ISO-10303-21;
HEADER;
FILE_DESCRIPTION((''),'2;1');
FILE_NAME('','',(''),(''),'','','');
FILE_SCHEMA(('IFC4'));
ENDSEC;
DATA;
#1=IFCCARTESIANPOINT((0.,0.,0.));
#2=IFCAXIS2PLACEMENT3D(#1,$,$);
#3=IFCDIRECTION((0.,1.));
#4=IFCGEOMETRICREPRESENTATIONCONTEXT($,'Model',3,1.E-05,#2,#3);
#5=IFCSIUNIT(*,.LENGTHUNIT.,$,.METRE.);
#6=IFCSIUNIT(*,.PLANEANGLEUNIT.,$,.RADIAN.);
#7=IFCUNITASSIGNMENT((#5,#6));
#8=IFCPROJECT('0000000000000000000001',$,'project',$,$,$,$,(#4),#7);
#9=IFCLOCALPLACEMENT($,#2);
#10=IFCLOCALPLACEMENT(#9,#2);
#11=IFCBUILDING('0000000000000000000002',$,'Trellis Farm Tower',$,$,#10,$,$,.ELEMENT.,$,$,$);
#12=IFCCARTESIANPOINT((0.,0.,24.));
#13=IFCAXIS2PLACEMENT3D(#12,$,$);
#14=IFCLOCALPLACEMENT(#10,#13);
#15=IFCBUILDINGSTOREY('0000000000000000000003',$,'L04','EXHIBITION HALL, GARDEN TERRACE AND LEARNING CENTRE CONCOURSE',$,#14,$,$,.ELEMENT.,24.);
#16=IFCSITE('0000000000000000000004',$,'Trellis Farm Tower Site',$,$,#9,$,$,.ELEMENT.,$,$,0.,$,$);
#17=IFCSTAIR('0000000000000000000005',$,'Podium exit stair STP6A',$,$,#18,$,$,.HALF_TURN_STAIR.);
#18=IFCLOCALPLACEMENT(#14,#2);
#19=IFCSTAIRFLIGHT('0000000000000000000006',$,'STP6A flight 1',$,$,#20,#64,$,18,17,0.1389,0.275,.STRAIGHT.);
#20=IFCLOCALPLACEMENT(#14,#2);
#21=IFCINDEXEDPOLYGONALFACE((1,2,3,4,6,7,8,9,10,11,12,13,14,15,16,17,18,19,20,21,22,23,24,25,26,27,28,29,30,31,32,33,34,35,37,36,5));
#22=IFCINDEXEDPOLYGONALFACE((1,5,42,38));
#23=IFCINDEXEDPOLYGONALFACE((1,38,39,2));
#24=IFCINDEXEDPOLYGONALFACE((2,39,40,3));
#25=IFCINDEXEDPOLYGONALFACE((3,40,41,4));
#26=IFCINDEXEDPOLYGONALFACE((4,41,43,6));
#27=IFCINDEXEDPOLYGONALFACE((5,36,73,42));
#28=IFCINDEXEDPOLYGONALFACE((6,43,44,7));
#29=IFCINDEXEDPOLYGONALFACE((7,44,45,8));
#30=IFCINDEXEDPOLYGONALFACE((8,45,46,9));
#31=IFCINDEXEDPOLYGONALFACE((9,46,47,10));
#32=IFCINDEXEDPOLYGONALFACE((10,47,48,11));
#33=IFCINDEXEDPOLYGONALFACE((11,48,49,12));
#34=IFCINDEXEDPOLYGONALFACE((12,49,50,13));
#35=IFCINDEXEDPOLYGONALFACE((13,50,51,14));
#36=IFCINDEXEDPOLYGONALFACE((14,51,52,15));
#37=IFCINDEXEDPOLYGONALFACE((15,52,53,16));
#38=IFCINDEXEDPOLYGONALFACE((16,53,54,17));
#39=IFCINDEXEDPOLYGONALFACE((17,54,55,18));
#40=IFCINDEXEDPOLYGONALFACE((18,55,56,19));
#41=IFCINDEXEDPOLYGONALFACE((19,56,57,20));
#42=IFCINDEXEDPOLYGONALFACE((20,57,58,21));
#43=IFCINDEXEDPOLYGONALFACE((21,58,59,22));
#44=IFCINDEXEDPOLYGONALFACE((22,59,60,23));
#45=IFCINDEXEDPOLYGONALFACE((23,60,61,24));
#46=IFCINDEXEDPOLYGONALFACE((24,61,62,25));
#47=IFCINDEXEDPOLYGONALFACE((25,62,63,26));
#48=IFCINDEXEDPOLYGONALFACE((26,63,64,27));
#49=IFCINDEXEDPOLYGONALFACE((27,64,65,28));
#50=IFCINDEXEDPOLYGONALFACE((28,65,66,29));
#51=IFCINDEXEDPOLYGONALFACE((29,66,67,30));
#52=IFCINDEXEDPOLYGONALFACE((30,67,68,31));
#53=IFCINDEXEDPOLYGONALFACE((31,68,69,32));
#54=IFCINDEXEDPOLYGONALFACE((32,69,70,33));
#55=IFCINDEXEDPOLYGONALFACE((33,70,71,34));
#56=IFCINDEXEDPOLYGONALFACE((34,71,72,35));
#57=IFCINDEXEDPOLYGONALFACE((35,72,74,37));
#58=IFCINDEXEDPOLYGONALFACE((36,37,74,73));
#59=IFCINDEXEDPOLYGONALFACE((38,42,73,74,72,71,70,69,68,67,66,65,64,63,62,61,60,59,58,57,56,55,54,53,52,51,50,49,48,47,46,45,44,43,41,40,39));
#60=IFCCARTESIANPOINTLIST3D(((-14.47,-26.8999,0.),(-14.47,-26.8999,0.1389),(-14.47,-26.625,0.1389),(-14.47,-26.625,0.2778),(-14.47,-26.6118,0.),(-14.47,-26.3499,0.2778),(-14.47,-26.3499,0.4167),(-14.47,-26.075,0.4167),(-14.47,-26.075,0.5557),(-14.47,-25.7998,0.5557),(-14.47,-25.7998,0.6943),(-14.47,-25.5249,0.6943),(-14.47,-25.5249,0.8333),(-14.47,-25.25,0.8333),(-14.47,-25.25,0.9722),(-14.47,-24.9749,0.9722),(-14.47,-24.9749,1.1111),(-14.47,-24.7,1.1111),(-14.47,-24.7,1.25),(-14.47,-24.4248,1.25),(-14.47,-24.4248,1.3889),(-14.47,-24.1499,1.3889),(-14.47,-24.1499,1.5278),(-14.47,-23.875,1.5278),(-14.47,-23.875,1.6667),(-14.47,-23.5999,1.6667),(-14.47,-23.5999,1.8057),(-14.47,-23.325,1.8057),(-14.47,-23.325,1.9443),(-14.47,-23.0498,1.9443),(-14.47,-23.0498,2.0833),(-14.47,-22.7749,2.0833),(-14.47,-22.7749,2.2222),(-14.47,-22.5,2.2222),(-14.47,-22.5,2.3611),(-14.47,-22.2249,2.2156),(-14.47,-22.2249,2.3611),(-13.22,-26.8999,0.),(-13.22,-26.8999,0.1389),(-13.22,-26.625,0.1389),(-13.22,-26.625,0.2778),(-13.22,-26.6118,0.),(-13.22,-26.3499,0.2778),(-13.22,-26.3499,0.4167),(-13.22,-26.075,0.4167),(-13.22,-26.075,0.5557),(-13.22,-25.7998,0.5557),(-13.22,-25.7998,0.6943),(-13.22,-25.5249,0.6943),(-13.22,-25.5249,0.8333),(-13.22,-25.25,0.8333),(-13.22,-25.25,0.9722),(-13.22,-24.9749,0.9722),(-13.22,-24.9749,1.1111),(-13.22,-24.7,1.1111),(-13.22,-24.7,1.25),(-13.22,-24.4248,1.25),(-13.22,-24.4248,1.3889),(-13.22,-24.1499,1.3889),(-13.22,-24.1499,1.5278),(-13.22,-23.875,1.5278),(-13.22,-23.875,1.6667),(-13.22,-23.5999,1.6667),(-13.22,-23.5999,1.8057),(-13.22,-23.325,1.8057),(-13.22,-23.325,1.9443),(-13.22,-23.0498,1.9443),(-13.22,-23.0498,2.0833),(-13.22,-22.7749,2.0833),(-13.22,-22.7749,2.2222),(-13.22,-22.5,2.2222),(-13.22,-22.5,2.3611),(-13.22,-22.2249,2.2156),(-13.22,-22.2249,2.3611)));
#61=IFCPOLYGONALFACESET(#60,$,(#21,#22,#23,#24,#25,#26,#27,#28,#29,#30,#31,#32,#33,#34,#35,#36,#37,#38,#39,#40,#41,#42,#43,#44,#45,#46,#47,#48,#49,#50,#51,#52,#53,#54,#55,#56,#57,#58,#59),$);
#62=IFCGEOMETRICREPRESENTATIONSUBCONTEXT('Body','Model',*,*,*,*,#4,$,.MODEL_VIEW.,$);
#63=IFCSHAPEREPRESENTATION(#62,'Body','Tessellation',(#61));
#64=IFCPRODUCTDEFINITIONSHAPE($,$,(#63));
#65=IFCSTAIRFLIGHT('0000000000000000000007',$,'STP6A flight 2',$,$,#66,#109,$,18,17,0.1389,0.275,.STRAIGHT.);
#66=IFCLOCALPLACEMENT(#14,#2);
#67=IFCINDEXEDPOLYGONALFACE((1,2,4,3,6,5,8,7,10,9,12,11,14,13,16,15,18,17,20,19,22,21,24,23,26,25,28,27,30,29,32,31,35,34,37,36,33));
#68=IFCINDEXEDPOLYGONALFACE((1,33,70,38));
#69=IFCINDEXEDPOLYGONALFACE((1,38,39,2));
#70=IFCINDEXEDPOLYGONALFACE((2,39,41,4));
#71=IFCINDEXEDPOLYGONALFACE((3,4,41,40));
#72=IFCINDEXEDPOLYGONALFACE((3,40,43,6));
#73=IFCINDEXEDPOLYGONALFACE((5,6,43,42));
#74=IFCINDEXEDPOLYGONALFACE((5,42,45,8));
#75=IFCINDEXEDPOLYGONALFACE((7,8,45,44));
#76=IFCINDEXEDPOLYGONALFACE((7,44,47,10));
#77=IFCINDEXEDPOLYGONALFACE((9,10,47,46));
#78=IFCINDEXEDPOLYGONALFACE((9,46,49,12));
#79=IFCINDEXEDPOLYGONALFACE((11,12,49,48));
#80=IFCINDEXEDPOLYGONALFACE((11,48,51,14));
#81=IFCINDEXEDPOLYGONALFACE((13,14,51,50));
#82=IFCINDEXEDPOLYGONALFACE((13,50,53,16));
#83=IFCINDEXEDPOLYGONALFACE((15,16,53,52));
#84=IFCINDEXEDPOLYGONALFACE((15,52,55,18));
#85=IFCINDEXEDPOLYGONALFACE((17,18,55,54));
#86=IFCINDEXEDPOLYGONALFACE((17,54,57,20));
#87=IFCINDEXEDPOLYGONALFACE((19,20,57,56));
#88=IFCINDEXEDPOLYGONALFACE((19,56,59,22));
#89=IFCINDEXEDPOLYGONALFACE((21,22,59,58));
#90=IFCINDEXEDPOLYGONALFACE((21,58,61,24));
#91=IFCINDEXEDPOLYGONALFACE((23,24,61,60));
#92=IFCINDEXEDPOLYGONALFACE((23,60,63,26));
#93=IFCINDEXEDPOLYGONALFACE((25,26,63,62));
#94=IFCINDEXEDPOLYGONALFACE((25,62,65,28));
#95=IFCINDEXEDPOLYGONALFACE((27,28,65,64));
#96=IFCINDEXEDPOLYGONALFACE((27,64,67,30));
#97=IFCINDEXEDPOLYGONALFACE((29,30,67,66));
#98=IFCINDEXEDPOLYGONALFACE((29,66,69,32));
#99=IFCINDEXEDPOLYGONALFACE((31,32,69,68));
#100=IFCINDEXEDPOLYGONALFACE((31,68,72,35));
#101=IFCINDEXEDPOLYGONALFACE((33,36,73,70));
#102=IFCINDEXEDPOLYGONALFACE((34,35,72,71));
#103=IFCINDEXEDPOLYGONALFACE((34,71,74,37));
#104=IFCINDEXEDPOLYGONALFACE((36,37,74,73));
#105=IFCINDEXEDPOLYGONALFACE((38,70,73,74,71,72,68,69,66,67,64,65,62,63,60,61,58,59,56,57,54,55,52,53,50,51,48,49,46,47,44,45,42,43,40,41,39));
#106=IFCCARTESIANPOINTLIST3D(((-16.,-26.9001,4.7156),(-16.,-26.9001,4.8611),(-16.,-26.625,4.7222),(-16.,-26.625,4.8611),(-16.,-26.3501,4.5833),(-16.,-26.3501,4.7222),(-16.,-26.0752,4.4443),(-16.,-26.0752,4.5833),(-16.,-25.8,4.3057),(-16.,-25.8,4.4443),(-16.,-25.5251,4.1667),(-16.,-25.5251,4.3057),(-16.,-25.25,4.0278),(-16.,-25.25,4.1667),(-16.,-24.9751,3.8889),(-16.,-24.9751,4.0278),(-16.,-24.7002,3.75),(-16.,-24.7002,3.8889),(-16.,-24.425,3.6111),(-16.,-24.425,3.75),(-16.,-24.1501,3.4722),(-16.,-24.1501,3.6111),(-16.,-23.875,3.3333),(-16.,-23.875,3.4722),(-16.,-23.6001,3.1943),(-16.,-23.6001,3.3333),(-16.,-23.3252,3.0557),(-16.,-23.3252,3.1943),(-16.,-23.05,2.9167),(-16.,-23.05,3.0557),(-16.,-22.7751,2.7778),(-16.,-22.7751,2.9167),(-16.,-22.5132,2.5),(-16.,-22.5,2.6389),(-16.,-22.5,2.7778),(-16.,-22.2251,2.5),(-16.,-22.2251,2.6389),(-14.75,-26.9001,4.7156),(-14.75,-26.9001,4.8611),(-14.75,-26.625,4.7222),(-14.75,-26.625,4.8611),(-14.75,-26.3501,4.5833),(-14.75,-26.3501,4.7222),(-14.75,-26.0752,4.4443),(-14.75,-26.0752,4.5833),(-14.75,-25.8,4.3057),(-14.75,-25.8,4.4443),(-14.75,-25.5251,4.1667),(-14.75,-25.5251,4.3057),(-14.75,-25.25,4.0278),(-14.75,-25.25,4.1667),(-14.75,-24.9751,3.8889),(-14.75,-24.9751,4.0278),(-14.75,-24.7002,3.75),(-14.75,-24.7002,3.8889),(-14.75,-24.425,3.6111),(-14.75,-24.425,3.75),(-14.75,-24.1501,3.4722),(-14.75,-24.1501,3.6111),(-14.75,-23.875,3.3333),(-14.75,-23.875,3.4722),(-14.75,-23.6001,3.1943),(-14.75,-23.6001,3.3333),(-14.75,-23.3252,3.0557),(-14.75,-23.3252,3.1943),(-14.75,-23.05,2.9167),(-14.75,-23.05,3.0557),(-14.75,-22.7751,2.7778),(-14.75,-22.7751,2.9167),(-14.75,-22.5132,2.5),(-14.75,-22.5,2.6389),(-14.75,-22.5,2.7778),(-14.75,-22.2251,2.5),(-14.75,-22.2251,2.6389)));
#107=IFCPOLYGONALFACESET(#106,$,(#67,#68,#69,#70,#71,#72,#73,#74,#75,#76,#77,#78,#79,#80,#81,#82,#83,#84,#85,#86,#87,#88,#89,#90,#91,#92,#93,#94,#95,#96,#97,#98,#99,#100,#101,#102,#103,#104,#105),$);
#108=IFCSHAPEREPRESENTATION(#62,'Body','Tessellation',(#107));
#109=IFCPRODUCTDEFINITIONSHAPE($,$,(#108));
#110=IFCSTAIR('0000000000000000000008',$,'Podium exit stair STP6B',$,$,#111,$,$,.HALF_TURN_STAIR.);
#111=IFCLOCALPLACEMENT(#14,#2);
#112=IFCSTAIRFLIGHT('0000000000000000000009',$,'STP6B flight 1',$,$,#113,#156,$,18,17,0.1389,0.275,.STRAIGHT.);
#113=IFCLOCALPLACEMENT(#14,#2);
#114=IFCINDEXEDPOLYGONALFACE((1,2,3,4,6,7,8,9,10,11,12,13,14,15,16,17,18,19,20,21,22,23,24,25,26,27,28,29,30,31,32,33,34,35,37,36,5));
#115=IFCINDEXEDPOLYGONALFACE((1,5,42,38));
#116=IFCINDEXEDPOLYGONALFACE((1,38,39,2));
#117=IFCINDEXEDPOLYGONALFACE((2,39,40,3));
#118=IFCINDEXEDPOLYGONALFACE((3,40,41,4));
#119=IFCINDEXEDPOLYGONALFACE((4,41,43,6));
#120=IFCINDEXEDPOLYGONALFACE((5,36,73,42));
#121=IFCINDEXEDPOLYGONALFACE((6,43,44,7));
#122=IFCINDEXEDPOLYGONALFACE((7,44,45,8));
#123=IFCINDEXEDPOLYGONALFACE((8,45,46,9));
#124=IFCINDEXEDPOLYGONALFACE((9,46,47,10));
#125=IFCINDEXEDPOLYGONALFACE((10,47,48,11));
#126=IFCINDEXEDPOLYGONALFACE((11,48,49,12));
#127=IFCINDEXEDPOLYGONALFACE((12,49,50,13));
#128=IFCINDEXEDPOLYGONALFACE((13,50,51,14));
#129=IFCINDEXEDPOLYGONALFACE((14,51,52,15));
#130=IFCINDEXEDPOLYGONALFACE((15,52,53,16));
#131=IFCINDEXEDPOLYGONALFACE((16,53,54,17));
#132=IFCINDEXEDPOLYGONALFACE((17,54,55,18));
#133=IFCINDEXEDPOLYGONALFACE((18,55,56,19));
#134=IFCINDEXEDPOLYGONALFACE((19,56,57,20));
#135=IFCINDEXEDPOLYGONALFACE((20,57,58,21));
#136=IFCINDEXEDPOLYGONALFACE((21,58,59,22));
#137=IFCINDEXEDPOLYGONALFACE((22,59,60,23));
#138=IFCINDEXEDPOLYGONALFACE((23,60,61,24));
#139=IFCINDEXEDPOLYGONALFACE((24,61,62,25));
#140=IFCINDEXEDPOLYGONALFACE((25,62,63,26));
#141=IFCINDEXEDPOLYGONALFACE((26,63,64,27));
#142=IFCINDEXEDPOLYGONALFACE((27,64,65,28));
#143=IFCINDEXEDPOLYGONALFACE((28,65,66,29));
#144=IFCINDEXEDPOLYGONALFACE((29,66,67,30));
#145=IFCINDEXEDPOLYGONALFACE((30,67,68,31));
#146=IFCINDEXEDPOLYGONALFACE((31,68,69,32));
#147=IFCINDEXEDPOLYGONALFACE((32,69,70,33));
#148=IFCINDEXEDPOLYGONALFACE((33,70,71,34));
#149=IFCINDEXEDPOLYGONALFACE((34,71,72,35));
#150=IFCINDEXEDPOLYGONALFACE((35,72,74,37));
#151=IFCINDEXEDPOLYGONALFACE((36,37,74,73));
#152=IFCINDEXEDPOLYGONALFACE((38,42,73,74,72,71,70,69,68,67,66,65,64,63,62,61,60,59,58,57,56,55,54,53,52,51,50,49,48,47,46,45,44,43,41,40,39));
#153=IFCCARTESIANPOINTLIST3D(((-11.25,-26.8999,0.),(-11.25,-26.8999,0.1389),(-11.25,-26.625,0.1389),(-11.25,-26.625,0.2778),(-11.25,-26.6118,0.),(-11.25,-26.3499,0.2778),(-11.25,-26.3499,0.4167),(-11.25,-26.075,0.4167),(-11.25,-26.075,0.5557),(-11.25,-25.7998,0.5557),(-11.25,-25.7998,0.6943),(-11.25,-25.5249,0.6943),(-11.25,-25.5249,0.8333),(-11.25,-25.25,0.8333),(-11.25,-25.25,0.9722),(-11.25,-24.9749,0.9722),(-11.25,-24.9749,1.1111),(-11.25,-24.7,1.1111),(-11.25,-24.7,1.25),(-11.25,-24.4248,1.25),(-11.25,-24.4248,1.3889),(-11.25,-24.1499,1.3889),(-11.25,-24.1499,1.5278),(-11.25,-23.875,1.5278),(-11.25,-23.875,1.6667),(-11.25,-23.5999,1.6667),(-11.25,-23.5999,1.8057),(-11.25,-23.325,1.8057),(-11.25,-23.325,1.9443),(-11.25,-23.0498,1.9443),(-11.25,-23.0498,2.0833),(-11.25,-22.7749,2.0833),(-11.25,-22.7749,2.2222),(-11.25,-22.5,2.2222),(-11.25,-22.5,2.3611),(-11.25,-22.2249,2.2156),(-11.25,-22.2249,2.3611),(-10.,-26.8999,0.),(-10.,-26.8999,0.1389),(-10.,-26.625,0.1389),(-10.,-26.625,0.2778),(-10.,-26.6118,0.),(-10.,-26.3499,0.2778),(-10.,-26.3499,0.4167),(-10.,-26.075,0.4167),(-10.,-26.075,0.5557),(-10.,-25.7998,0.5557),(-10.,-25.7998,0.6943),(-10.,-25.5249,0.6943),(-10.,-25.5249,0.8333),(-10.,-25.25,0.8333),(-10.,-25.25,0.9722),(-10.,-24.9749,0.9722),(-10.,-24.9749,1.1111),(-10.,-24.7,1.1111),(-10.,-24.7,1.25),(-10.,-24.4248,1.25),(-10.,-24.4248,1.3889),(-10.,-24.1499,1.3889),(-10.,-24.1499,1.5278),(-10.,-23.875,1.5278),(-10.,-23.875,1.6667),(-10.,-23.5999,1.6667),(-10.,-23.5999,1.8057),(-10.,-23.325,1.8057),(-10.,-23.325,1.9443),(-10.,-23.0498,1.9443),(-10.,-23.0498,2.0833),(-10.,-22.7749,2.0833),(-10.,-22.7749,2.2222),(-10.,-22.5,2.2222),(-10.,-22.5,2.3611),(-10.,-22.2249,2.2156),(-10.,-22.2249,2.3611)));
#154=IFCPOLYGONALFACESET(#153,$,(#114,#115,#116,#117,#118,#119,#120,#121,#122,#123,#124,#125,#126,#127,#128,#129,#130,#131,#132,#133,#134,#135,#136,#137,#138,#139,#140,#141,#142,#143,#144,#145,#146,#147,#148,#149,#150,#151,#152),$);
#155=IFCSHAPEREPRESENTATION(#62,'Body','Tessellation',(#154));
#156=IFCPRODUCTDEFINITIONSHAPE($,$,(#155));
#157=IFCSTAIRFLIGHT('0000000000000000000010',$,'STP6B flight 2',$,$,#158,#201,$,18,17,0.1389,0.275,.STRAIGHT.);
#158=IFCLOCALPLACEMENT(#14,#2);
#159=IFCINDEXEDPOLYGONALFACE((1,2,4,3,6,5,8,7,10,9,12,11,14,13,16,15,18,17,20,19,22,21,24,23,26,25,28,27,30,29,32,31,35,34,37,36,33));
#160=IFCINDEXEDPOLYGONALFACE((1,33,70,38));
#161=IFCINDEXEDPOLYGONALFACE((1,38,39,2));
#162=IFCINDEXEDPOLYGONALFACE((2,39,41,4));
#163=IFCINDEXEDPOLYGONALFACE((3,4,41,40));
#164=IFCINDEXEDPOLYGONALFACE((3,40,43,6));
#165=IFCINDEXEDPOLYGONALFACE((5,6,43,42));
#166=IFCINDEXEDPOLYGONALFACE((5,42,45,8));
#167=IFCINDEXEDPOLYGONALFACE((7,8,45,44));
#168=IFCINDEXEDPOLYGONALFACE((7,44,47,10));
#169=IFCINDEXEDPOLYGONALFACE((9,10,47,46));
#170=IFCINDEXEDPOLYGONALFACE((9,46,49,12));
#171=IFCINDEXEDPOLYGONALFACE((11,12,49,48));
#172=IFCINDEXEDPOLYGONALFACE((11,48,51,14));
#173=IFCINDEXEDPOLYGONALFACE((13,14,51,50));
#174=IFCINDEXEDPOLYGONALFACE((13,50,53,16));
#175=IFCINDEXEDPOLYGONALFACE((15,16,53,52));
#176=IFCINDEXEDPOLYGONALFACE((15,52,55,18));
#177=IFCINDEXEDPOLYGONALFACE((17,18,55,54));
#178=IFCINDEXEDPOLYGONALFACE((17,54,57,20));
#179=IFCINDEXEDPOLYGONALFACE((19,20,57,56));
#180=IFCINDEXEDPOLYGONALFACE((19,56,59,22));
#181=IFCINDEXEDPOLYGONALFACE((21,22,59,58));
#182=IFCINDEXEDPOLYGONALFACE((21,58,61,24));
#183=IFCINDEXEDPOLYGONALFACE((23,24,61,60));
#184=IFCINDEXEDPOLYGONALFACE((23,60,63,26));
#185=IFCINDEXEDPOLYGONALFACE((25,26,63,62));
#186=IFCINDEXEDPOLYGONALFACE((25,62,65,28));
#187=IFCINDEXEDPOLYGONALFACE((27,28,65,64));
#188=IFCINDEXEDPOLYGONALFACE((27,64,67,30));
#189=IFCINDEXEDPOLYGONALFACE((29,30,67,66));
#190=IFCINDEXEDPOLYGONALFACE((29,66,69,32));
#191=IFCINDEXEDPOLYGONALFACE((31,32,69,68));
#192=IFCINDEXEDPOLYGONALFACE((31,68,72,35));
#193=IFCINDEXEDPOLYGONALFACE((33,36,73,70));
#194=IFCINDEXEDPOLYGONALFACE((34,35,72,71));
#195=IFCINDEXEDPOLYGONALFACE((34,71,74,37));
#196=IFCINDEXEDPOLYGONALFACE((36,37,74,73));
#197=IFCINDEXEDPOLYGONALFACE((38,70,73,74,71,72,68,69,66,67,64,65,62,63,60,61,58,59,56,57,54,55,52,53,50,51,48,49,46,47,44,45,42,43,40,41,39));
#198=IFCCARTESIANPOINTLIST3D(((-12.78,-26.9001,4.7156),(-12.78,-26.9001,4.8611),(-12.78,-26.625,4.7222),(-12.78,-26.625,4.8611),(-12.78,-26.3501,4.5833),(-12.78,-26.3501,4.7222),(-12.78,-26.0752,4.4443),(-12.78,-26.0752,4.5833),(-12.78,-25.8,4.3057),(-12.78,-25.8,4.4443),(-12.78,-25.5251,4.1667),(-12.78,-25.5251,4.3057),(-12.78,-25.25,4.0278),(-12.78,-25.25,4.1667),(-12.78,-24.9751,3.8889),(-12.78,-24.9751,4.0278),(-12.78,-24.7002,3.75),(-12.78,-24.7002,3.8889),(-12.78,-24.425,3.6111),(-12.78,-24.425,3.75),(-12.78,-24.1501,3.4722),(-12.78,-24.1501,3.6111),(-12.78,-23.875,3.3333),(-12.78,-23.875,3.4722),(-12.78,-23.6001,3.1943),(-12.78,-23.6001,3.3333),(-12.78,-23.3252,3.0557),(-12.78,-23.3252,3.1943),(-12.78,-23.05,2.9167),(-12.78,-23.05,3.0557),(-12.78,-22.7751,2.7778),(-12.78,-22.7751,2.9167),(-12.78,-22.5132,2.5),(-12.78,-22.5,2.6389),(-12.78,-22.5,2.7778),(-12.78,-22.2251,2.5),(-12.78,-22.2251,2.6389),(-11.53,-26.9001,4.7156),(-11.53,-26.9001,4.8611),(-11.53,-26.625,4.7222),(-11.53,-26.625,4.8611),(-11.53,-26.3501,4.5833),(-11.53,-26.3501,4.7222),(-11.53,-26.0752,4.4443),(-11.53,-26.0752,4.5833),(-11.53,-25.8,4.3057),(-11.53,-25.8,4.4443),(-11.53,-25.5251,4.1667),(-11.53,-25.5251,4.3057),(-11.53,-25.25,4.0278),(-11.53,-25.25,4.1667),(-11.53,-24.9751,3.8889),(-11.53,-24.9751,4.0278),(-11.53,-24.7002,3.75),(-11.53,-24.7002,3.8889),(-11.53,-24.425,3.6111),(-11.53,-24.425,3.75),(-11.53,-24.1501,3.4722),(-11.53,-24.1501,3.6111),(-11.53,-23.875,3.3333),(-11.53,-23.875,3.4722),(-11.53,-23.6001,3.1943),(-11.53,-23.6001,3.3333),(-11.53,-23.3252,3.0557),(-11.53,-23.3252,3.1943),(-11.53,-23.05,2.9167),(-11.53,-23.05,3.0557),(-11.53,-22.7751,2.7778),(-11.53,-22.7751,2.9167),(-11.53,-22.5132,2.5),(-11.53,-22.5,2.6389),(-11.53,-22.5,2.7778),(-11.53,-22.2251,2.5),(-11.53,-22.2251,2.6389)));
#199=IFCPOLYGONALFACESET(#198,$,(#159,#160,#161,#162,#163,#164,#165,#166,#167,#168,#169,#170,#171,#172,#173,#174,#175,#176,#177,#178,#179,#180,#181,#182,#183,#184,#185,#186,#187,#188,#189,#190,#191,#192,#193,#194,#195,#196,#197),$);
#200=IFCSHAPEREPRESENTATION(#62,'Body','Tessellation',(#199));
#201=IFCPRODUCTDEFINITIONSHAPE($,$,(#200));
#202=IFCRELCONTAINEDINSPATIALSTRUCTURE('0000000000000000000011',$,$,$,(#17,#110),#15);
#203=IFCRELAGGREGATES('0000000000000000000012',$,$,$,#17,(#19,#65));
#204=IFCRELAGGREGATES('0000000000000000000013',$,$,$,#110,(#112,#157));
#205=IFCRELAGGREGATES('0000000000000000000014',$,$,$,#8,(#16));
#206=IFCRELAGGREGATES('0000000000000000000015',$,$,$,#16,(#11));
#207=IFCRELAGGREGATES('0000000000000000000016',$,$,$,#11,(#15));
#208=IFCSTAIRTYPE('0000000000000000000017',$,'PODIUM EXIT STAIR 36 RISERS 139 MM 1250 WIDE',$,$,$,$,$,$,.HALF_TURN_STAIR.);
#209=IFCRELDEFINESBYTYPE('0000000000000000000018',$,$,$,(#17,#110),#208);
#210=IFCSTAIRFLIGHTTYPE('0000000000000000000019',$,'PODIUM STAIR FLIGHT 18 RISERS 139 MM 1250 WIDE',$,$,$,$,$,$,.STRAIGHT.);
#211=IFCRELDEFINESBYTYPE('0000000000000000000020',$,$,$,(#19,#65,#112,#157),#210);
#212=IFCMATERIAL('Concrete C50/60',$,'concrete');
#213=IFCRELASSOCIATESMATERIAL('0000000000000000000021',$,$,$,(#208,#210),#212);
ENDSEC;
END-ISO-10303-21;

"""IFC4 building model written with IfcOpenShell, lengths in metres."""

from ifc_helpers import new_model, si_unit, direction, frame, origin, place, context, subcontext, project, spatial, polyline, outline, extrude, source, transform, mapped, material, type_object, element, aggregate, save


model = new_model("IFC4")

# Units and contexts
model_context = context("Model", 3, precision=1e-05, world=origin(), true_north=direction((0.0, 1.0)))
body_context = subcontext(model_context, "Body", "Model", "MODEL_VIEW")
ifc_project = project(units=[si_unit("LENGTHUNIT", "METRE"), si_unit("PLANEANGLEUNIT", "RADIAN")], contexts=[model_context])

# Site, building, storey
site_placement = place(None, origin())
site = spatial("IfcSite", under=ifc_project, at=site_placement, Name="Trellis Farm Tower Site", CompositionType="ELEMENT", RefElevation=0.0)
building_placement = place(site_placement, origin())
building = spatial("IfcBuilding", under=site, at=building_placement, Name="Trellis Farm Tower", CompositionType="ELEMENT")
storey_placement = place(building_placement, frame((0.0, 0.0, 24.0)))
storey = spatial("IfcBuildingStorey", under=building, at=storey_placement, Name="L04", Description="EXHIBITION HALL, GARDEN TERRACE AND LEARNING CENTRE CONCOURSE", CompositionType="ELEMENT", Elevation=24.0)

# Stairs, stair flights
ifc_material_1 = material(Name="Concrete C50/60", Category="concrete")
stair_type = type_object("IfcStairType", Name="PODIUM EXIT STAIR 36 RISERS 139 MM 1250 WIDE", PredefinedType="HALF_TURN_STAIR", material=ifc_material_1)
placement = place(storey_placement, origin())
stair_1 = element("IfcStair", 1, at=placement, inside=storey, type_object=stair_type, Name="Podium exit stair STP6A", PredefinedType="HALF_TURN_STAIR")
stair_flight_type = type_object("IfcStairFlightType", Name="PODIUM STAIR FLIGHT 18 RISERS 139 MM 1250 WIDE", PredefinedType="STRAIGHT", material=ifc_material_1)
shared_shape_1 = source(origin(), body_context, "Body", "SweptSolid", [
    extrude(outline(polyline([(0.0, 0.0), (0.0, 0.1389), (0.2749, 0.1389), (0.2749, 0.2778), (0.55, 0.2778), (0.55, 0.4167), (0.825, 0.4167), (0.825, 0.5557), (1.1001, 0.5557), (1.1001, 0.6943), (1.375, 0.6943), (1.375, 0.8333), (1.6499, 0.8333), (1.6499, 0.9722), (1.925, 0.9722), (1.925, 1.1111), (2.2, 1.1111), (2.2, 1.25), (2.4751, 1.25), (2.4751, 1.3889), (2.75, 1.3889), (2.75, 1.5278), (3.0249, 1.5278), (3.0249, 1.6667), (3.3, 1.6667), (3.3, 1.8057), (3.575, 1.8057), (3.575, 1.9443), (3.8501, 1.9443), (3.8501, 2.0833), (4.125, 2.0833), (4.125, 2.2222), (4.3999, 2.2222), (4.3999, 2.3611), (4.675, 2.3611), (4.675, 2.5), (4.675, 2.2156), (0.2881, 0.0), (0.0, 0.0)])), frame((0.0, 0.625, 0.0), z_axis=(0.0, -1.0, 0.0), x_axis=(1.0, 0.0, 0.0)), (0.0, 0.0, 1.0), 1.25),
])
stair_flight_1_placement = place(storey_placement, frame((-13.845, -26.8999, 0.0), z_axis=(0.0, 0.0, 1.0), x_axis=(0.0, 1.0, 0.0)))
stair_flight_1 = element("IfcStairFlight", 2, at=stair_flight_1_placement, type_object=stair_flight_type, Name="STP6A flight 1", NumberOfRisers=18, NumberOfTreads=17, PredefinedType="STRAIGHT", RiserHeight=0.1389, TreadLength=0.275, context=body_context, shape_type="MappedRepresentation", body=[
    mapped(shared_shape_1, transform((0.0, 0.0, 0.0))),
])
stair_flight_2_placement = place(storey_placement, frame((-15.375, -22.2251, 2.5), z_axis=(0.0, 0.0, 1.0), x_axis=(0.0, -1.0, 0.0)))
stair_flight_2 = element("IfcStairFlight", 3, at=stair_flight_2_placement, type_object=stair_flight_type, Name="STP6A flight 2", NumberOfRisers=18, NumberOfTreads=17, PredefinedType="STRAIGHT", RiserHeight=0.1389, TreadLength=0.275, context=body_context, shape_type="MappedRepresentation", body=[
    mapped(shared_shape_1, transform((0.0, 0.0, 0.0))),
])
aggregate(stair_1, [stair_flight_1, stair_flight_2])
stair_2 = element("IfcStair", 4, at=placement, inside=storey, type_object=stair_type, Name="Podium exit stair STP6B", PredefinedType="HALF_TURN_STAIR")
stair_flight_3_placement = place(storey_placement, frame((-10.625, -26.8999, 0.0), z_axis=(0.0, 0.0, 1.0), x_axis=(0.0, 1.0, 0.0)))
stair_flight_3 = element("IfcStairFlight", 5, at=stair_flight_3_placement, type_object=stair_flight_type, Name="STP6B flight 1", NumberOfRisers=18, NumberOfTreads=17, PredefinedType="STRAIGHT", RiserHeight=0.1389, TreadLength=0.275, context=body_context, shape_type="MappedRepresentation", body=[
    mapped(shared_shape_1, transform((0.0, 0.0, 0.0))),
])
stair_flight_4_placement = place(storey_placement, frame((-12.155, -22.2251, 2.5), z_axis=(0.0, 0.0, 1.0), x_axis=(0.0, -1.0, 0.0)))
stair_flight_4 = element("IfcStairFlight", 6, at=stair_flight_4_placement, type_object=stair_flight_type, Name="STP6B flight 2", NumberOfRisers=18, NumberOfTreads=17, PredefinedType="STRAIGHT", RiserHeight=0.1389, TreadLength=0.275, context=body_context, shape_type="MappedRepresentation", body=[
    mapped(shared_shape_1, transform((0.0, 0.0, 0.0))),
])
aggregate(stair_2, [stair_flight_3, stair_flight_4])

save(model, "model.ifc")
